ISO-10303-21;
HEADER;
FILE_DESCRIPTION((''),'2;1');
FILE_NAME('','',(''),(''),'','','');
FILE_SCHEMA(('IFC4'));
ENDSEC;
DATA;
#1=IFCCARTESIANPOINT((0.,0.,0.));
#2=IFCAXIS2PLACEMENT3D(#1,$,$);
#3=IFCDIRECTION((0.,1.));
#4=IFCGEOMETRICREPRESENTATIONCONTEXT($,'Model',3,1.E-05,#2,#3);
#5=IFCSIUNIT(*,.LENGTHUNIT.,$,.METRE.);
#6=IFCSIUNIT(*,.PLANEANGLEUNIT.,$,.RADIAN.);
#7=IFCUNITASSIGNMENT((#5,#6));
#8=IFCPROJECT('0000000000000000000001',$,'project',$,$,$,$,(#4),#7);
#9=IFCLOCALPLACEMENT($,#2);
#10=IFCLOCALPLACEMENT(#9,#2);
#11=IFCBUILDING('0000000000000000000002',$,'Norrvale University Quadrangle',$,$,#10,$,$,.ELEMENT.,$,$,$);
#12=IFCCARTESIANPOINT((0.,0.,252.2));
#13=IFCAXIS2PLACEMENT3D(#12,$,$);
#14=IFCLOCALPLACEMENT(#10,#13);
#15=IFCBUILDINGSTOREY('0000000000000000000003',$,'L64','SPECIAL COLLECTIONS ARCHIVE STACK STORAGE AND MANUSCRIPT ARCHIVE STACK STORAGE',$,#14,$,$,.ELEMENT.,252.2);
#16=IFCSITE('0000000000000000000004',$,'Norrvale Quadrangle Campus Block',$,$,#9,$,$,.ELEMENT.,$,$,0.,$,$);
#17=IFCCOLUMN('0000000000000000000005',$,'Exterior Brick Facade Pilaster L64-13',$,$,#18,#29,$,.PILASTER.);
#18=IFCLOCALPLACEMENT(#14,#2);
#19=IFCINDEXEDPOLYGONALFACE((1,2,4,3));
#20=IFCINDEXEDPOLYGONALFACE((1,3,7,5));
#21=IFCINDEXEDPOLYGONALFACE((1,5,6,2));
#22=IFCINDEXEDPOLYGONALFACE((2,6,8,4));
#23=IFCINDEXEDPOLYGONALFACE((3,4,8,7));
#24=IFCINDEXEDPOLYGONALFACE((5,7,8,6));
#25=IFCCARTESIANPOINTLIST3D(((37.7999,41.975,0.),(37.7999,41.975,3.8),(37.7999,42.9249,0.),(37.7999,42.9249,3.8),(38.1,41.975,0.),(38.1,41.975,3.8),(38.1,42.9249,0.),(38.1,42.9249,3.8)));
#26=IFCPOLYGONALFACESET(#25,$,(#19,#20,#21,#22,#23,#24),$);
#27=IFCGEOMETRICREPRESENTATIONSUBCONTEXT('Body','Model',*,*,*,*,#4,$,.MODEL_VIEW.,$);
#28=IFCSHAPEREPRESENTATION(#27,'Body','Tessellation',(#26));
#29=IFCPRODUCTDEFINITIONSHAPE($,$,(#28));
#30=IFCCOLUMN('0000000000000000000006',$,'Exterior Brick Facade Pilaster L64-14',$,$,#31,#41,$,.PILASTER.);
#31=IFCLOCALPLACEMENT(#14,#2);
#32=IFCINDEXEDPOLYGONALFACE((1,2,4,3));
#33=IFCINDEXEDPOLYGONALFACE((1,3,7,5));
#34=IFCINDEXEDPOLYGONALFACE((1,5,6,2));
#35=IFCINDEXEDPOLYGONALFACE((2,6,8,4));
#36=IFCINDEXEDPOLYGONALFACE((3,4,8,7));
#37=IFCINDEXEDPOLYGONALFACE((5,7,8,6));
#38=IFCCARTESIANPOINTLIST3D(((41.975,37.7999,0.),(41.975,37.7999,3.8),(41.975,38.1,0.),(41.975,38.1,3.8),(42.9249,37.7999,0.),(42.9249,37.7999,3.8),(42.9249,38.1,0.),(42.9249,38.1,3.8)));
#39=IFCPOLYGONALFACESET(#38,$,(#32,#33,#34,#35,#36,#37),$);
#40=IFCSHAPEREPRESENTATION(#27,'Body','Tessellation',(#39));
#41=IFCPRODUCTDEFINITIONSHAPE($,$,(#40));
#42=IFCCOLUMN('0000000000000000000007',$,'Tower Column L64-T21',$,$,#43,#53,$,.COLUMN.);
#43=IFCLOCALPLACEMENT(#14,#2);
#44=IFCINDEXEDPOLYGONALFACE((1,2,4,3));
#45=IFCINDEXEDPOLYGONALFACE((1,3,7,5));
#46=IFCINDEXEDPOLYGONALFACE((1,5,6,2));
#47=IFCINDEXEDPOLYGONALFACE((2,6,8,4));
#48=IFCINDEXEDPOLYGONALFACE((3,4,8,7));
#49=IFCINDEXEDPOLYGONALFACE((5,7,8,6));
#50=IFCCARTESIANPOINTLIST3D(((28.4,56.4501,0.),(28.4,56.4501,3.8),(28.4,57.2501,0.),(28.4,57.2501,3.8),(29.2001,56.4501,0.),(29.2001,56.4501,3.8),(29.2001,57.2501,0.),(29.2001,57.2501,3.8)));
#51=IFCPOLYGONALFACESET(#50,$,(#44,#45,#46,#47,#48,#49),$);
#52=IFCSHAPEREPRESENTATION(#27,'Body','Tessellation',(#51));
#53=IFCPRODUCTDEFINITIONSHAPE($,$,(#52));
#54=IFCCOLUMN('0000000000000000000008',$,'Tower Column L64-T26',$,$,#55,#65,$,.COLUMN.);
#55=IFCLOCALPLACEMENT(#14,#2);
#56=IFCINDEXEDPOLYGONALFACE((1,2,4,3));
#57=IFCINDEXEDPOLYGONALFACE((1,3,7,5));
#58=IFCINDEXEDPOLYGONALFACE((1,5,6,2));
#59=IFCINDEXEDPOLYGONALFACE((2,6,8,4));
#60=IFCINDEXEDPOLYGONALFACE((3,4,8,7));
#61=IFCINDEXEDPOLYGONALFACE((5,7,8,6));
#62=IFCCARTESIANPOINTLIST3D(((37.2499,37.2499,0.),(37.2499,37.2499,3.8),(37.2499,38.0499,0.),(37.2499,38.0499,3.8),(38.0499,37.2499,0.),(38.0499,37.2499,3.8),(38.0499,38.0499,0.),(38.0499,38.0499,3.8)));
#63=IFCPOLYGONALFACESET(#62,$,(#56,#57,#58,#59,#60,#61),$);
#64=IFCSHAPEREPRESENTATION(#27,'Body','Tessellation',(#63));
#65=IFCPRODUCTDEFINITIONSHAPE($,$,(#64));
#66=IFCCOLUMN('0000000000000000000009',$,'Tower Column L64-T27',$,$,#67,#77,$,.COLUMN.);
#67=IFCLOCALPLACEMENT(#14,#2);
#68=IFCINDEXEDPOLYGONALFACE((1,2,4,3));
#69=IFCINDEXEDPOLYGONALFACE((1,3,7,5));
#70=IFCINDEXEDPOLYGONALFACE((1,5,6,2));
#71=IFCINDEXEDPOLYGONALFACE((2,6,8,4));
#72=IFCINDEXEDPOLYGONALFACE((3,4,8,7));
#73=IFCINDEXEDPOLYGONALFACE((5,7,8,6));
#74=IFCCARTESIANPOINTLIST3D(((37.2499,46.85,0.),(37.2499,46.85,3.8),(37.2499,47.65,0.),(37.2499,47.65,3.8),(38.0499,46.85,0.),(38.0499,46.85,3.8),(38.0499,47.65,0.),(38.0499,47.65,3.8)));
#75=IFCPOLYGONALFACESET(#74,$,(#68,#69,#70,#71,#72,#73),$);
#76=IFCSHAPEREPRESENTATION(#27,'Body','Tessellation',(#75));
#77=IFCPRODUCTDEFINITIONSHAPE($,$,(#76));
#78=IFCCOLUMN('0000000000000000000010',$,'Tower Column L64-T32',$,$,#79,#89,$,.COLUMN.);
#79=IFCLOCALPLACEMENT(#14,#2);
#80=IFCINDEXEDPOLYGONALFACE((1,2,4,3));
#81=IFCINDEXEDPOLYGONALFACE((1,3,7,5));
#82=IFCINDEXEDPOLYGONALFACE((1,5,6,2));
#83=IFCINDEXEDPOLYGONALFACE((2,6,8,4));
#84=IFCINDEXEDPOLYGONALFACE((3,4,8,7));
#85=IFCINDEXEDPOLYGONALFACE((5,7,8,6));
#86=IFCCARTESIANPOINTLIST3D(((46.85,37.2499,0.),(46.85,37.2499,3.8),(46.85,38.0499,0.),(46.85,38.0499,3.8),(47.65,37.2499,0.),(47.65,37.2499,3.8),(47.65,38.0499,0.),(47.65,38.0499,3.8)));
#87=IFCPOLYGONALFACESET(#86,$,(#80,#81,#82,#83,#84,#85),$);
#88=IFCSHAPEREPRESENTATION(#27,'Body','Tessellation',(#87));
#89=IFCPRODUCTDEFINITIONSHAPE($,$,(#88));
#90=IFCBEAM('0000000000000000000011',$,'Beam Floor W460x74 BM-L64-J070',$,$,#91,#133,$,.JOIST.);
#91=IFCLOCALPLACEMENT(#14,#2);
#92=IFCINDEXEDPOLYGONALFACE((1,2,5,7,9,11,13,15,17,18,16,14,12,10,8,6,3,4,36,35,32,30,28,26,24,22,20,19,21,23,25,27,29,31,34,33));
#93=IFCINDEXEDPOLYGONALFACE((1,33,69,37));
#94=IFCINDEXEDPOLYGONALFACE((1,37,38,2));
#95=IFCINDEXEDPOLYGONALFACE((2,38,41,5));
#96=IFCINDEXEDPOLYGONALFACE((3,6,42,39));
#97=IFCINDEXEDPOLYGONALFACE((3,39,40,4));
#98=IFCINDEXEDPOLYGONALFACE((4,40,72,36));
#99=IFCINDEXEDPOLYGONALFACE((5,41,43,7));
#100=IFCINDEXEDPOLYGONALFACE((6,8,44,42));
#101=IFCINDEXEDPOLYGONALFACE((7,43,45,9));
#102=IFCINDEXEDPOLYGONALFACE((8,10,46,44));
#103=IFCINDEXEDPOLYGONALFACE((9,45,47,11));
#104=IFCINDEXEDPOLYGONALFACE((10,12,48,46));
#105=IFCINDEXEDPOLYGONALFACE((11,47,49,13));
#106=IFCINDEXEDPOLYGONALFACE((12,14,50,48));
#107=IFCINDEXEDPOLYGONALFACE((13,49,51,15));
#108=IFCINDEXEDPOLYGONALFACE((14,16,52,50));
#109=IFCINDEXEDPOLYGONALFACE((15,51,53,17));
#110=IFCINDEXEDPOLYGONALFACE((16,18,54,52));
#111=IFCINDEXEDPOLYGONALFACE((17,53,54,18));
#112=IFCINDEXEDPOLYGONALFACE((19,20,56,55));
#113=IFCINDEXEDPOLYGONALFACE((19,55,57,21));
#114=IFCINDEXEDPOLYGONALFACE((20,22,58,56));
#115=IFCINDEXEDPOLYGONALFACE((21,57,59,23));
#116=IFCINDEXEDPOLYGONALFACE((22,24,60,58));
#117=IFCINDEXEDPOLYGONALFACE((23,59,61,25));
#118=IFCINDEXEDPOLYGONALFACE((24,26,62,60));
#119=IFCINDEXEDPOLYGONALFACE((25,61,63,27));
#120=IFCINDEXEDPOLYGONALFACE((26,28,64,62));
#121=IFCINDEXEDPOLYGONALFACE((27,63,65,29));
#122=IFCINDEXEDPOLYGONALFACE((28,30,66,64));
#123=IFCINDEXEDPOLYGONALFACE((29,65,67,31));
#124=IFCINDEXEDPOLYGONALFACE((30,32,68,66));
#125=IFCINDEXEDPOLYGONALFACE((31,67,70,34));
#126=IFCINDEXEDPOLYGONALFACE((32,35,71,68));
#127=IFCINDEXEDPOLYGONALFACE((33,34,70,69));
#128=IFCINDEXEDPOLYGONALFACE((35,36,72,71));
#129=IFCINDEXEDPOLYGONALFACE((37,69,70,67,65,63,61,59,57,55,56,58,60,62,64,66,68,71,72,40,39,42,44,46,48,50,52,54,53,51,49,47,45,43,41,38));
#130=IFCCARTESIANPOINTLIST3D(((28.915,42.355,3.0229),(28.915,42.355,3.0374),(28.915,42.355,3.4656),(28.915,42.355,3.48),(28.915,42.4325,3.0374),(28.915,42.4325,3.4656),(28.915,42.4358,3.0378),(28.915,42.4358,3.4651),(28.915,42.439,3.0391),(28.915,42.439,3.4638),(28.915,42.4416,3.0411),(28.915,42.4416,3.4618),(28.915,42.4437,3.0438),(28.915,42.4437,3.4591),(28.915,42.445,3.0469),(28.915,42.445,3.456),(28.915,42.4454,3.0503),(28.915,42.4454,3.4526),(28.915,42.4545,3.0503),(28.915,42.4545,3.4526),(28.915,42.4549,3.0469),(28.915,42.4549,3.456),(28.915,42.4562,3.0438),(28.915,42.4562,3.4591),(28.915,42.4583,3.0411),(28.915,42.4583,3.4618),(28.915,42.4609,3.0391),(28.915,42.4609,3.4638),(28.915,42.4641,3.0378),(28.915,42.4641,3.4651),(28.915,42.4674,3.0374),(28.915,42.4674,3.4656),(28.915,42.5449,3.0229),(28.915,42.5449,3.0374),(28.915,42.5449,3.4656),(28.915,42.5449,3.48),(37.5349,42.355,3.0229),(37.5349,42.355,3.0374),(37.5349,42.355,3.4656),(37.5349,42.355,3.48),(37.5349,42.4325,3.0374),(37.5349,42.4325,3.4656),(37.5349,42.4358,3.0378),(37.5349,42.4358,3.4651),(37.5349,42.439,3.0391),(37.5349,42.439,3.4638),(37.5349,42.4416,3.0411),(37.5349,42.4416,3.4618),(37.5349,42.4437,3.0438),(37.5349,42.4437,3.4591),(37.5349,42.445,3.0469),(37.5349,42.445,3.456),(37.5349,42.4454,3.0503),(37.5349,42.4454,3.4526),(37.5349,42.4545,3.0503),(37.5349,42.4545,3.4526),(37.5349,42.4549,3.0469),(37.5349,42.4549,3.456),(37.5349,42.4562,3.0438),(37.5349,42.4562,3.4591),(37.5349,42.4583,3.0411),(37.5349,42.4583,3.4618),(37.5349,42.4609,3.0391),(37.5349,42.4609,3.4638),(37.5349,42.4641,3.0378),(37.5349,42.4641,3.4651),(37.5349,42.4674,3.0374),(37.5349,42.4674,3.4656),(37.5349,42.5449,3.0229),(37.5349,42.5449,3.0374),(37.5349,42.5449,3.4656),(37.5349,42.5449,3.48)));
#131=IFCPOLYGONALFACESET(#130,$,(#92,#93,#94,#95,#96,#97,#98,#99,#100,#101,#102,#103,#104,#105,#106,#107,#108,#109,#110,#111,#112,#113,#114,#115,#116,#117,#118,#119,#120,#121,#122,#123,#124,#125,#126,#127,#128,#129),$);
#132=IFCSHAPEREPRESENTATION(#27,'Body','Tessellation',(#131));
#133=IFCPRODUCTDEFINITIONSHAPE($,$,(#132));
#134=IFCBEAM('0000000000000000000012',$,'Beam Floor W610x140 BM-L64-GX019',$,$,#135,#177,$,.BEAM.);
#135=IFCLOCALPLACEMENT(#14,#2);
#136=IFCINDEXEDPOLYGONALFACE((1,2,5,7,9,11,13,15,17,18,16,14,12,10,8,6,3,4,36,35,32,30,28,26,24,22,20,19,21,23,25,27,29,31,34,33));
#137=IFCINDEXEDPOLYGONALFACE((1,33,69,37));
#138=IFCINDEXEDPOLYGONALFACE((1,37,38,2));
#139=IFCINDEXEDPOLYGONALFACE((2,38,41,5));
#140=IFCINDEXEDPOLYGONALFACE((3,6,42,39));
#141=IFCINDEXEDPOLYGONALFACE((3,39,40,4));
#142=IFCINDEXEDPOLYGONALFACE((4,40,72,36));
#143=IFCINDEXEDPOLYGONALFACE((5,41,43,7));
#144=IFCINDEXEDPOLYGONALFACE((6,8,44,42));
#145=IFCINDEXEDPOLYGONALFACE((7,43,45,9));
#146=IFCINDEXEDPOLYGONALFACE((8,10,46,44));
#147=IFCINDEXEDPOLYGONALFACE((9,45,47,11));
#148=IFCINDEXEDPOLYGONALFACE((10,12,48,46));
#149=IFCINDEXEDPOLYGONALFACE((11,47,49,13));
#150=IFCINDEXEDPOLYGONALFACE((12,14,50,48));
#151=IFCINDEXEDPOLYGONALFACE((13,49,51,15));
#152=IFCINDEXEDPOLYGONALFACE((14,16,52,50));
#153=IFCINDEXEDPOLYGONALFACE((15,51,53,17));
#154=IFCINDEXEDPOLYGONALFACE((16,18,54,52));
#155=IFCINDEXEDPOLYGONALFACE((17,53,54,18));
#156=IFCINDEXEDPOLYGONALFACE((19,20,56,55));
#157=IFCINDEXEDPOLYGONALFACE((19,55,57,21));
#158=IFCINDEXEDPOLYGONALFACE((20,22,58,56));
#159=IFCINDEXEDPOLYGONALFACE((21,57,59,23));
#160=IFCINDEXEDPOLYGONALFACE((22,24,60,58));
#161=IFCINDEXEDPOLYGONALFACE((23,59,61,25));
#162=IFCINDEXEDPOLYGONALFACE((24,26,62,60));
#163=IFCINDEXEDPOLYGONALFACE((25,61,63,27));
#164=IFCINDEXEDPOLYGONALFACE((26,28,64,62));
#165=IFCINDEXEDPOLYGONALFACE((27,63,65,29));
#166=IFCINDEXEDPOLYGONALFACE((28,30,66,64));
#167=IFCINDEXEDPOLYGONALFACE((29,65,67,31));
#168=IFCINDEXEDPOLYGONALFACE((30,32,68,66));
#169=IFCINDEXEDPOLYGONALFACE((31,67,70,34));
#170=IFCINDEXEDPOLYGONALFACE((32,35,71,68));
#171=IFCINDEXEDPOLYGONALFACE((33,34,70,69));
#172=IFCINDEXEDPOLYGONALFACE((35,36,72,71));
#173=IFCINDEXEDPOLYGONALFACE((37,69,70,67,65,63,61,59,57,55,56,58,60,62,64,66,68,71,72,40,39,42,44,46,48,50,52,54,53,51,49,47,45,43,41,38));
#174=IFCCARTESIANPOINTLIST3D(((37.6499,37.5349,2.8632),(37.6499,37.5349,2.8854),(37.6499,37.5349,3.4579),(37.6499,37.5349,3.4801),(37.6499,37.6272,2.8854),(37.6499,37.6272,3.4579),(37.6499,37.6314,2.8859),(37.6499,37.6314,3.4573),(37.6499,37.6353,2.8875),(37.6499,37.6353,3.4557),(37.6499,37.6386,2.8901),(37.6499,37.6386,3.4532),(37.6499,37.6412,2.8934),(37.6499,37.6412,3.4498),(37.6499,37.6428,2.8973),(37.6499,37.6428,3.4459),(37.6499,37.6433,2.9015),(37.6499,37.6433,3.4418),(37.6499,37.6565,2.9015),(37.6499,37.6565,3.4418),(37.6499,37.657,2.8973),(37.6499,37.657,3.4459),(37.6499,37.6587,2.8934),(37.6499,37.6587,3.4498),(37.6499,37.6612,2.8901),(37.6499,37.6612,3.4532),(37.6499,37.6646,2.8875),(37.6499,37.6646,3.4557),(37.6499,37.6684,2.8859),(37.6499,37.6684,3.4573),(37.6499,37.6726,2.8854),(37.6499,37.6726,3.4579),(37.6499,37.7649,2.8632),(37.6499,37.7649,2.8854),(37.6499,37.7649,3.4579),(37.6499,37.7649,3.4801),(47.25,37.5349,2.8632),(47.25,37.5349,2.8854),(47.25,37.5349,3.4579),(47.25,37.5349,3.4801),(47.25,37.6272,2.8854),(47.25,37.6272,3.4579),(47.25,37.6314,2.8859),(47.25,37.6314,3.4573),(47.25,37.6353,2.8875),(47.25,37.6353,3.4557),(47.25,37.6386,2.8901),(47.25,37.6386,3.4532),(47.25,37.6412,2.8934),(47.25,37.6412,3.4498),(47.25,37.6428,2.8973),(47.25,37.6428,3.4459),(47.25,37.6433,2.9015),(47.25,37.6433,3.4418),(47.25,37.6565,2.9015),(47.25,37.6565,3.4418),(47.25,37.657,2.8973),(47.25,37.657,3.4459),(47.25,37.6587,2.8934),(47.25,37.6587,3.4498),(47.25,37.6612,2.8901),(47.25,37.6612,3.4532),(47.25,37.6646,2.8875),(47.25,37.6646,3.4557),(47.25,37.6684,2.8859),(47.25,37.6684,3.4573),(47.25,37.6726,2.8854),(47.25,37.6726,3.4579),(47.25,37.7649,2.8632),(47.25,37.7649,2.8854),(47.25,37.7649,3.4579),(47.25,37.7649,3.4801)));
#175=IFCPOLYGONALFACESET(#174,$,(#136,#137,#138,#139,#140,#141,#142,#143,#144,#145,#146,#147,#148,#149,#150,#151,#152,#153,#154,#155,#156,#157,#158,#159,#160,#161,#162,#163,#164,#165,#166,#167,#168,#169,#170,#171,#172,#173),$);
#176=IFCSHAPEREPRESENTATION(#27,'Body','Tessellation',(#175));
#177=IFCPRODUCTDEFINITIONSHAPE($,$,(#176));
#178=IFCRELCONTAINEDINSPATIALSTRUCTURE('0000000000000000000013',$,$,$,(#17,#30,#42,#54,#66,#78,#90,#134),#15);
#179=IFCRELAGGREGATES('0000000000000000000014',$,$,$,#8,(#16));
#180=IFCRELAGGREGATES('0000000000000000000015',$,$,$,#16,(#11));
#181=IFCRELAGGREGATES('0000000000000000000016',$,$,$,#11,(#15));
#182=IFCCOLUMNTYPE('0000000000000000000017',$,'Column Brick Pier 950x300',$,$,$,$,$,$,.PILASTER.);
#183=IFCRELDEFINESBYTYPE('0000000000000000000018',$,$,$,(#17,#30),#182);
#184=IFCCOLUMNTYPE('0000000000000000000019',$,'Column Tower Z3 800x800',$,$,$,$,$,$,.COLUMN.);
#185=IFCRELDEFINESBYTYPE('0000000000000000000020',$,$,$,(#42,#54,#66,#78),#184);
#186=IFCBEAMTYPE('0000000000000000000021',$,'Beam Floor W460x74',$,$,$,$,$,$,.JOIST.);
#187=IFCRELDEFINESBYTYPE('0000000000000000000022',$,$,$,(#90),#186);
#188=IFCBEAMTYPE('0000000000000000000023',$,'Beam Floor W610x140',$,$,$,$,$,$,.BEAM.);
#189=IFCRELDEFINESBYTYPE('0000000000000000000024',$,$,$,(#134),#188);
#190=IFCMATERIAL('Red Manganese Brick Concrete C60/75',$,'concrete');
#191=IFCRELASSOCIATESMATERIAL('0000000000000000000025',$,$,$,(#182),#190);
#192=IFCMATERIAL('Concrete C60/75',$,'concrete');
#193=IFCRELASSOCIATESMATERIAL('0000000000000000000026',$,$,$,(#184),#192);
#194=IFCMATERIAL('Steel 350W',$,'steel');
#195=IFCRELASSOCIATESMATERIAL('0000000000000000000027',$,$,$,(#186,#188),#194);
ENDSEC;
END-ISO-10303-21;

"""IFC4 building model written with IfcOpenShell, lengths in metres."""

from ifc_helpers import new_model, si_unit, direction, frame, origin, origin_2d, place, context, subcontext, project, spatial, rectangle, i_section, extrude, material, material_profile, profile_set, type_object, element, save


model = new_model("IFC4")

# Units and contexts
model_context = context("Model", 3, precision=1e-05, world=origin(), true_north=direction((0.0, 1.0)))
body_context = subcontext(model_context, "Body", "Model", "MODEL_VIEW")
ifc_project = project(units=[si_unit("LENGTHUNIT", "METRE"), si_unit("PLANEANGLEUNIT", "RADIAN")], contexts=[model_context])

# Site, building, storey
site_placement = place(None, origin())
site = spatial("IfcSite", under=ifc_project, at=site_placement, Name="Norrvale Quadrangle Campus Block", CompositionType="ELEMENT", RefElevation=0.0)
building_placement = place(site_placement, origin())
building = spatial("IfcBuilding", under=site, at=building_placement, Name="Norrvale University Quadrangle", CompositionType="ELEMENT")
storey_placement = place(building_placement, frame((0.0, 0.0, 252.2)))
storey = spatial("IfcBuildingStorey", under=building, at=storey_placement, Name="L64", Description="SPECIAL COLLECTIONS ARCHIVE STACK STORAGE AND MANUSCRIPT ARCHIVE STACK STORAGE", CompositionType="ELEMENT", Elevation=252.2)

# Columns
ifc_material_1 = material(Name="Red Manganese Brick Concrete C60/75", Category="concrete")
ifc_material_profile_1 = material_profile(ifc_material_1, rectangle(XDim=0.95, YDim=0.3, at=origin_2d()), Name="Red Manganese Brick Concrete C60/75")
ifc_profile_set_1 = profile_set([ifc_material_profile_1], Name="Red Manganese Brick Concrete C60/75")
column_type_1 = type_object("IfcColumnType", Name="Column Brick Pier 950x300", PredefinedType="PILASTER", material=ifc_profile_set_1)
for number, where, z_axis, x_axis, name in (
    (1, (37.95, 42.45, 0.0), (0.0, 0.0, 1.0), (0.0, 1.0, 0.0), "Exterior Brick Facade Pilaster L64-13"),
    (2, (42.45, 37.95, 0.0), (0.0, 0.0, 1.0), (1.0, 0.0, 0.0), "Exterior Brick Facade Pilaster L64-14"),
):
    element("IfcColumn", number, at=place(storey_placement, frame(where, z_axis=z_axis, x_axis=x_axis)), inside=storey, type_object=column_type_1, Name=name, PredefinedType="PILASTER", context=body_context, shape_type="SweptSolid", body=[
        extrude(rectangle(XDim=0.95, YDim=0.3, at=origin_2d()), origin(), (0.0, 0.0, 1.0), 3.8),
    ])
ifc_material_2 = material(Name="Concrete C60/75", Category="concrete")
ifc_material_profile_2 = material_profile(ifc_material_2, rectangle(XDim=0.8, YDim=0.8, at=origin_2d()), Name="Concrete C60/75")
ifc_profile_set_2 = profile_set([ifc_material_profile_2], Name="Concrete C60/75")
column_type_2 = type_object("IfcColumnType", Name="Column Tower Z3 800x800", PredefinedType="COLUMN", material=ifc_profile_set_2)
for number, where, z_axis, x_axis, name in (
    (3, (28.8, 56.8501, 0.0), (0.0, 0.0, 1.0), (1.0, 0.0, 0.0), "Tower Column L64-T21"),
    (4, (37.6499, 37.6499, 0.0), (0.0, 0.0, 1.0), (1.0, 0.0, 0.0), "Tower Column L64-T26"),
    (5, (37.6499, 47.25, 0.0), (0.0, 0.0, 1.0), (1.0, 0.0, 0.0), "Tower Column L64-T27"),
    (6, (47.25, 37.6499, 0.0), (0.0, 0.0, 1.0), (1.0, 0.0, 0.0), "Tower Column L64-T32"),
):
    element("IfcColumn", number, at=place(storey_placement, frame(where, z_axis=z_axis, x_axis=x_axis)), inside=storey, type_object=column_type_2, Name=name, PredefinedType="COLUMN", context=body_context, shape_type="SweptSolid", body=[
        extrude(rectangle(XDim=0.8, YDim=0.8, at=origin_2d()), origin(), (0.0, 0.0, 1.0), 3.8),
    ])

# Beams
ifc_material_3 = material(Name="Steel 350W", Category="steel")
ifc_material_profile_3 = material_profile(ifc_material_3, i_section(OverallWidth=0.1899, OverallDepth=0.457, WebThickness=0.009, FlangeThickness=0.0144, FilletRadius=0.0129, at=origin_2d()), Name="Steel 350W")
ifc_profile_set_3 = profile_set([ifc_material_profile_3], Name="Steel 350W")
beam_type_1 = type_object("IfcBeamType", Name="Beam Floor W460x74", PredefinedType="JOIST", material=ifc_profile_set_3)
beam_placement = place(storey_placement, frame((28.915, 42.45, 3.2515), z_axis=(1.0, 0.0, 0.0), x_axis=(0.0, 1.0, 0.0)))
element("IfcBeam", 7, at=beam_placement, inside=storey, type_object=beam_type_1, Name="Beam Floor W460x74 BM-L64-J070", PredefinedType="JOIST", context=body_context, shape_type="SweptSolid", body=[
    extrude(i_section(OverallWidth=0.1899, OverallDepth=0.457, WebThickness=0.009, FlangeThickness=0.0144, FilletRadius=0.0129, at=origin_2d()), origin(), (0.0, 0.0, 1.0), 8.6199),
])
ifc_material_profile_4 = material_profile(ifc_material_3, i_section(OverallWidth=0.23, OverallDepth=0.6169, WebThickness=0.0132, FlangeThickness=0.0222, FilletRadius=0.0161, at=origin_2d()), Name="Steel 350W")
ifc_profile_set_4 = profile_set([ifc_material_profile_4], Name="Steel 350W")
beam_type_2 = type_object("IfcBeamType", Name="Beam Floor W610x140", PredefinedType="BEAM", material=ifc_profile_set_4)
for number, where, z_axis, x_axis, name in (
    (8, (37.6499, 37.6499, 3.1716), (1.0, 0.0, 0.0), (0.0, 1.0, 0.0), "Beam Floor W610x140 BM-L64-GX019"),
):
    element("IfcBeam", number, at=place(storey_placement, frame(where, z_axis=z_axis, x_axis=x_axis)), inside=storey, type_object=beam_type_2, Name=name, PredefinedType="BEAM", context=body_context, shape_type="SweptSolid", body=[
        extrude(i_section(OverallWidth=0.23, OverallDepth=0.6169, WebThickness=0.0132, FlangeThickness=0.0222, FilletRadius=0.0161, at=origin_2d()), origin(), (0.0, 0.0, 1.0), 9.6001),
    ])

save(model, "model.ifc")
